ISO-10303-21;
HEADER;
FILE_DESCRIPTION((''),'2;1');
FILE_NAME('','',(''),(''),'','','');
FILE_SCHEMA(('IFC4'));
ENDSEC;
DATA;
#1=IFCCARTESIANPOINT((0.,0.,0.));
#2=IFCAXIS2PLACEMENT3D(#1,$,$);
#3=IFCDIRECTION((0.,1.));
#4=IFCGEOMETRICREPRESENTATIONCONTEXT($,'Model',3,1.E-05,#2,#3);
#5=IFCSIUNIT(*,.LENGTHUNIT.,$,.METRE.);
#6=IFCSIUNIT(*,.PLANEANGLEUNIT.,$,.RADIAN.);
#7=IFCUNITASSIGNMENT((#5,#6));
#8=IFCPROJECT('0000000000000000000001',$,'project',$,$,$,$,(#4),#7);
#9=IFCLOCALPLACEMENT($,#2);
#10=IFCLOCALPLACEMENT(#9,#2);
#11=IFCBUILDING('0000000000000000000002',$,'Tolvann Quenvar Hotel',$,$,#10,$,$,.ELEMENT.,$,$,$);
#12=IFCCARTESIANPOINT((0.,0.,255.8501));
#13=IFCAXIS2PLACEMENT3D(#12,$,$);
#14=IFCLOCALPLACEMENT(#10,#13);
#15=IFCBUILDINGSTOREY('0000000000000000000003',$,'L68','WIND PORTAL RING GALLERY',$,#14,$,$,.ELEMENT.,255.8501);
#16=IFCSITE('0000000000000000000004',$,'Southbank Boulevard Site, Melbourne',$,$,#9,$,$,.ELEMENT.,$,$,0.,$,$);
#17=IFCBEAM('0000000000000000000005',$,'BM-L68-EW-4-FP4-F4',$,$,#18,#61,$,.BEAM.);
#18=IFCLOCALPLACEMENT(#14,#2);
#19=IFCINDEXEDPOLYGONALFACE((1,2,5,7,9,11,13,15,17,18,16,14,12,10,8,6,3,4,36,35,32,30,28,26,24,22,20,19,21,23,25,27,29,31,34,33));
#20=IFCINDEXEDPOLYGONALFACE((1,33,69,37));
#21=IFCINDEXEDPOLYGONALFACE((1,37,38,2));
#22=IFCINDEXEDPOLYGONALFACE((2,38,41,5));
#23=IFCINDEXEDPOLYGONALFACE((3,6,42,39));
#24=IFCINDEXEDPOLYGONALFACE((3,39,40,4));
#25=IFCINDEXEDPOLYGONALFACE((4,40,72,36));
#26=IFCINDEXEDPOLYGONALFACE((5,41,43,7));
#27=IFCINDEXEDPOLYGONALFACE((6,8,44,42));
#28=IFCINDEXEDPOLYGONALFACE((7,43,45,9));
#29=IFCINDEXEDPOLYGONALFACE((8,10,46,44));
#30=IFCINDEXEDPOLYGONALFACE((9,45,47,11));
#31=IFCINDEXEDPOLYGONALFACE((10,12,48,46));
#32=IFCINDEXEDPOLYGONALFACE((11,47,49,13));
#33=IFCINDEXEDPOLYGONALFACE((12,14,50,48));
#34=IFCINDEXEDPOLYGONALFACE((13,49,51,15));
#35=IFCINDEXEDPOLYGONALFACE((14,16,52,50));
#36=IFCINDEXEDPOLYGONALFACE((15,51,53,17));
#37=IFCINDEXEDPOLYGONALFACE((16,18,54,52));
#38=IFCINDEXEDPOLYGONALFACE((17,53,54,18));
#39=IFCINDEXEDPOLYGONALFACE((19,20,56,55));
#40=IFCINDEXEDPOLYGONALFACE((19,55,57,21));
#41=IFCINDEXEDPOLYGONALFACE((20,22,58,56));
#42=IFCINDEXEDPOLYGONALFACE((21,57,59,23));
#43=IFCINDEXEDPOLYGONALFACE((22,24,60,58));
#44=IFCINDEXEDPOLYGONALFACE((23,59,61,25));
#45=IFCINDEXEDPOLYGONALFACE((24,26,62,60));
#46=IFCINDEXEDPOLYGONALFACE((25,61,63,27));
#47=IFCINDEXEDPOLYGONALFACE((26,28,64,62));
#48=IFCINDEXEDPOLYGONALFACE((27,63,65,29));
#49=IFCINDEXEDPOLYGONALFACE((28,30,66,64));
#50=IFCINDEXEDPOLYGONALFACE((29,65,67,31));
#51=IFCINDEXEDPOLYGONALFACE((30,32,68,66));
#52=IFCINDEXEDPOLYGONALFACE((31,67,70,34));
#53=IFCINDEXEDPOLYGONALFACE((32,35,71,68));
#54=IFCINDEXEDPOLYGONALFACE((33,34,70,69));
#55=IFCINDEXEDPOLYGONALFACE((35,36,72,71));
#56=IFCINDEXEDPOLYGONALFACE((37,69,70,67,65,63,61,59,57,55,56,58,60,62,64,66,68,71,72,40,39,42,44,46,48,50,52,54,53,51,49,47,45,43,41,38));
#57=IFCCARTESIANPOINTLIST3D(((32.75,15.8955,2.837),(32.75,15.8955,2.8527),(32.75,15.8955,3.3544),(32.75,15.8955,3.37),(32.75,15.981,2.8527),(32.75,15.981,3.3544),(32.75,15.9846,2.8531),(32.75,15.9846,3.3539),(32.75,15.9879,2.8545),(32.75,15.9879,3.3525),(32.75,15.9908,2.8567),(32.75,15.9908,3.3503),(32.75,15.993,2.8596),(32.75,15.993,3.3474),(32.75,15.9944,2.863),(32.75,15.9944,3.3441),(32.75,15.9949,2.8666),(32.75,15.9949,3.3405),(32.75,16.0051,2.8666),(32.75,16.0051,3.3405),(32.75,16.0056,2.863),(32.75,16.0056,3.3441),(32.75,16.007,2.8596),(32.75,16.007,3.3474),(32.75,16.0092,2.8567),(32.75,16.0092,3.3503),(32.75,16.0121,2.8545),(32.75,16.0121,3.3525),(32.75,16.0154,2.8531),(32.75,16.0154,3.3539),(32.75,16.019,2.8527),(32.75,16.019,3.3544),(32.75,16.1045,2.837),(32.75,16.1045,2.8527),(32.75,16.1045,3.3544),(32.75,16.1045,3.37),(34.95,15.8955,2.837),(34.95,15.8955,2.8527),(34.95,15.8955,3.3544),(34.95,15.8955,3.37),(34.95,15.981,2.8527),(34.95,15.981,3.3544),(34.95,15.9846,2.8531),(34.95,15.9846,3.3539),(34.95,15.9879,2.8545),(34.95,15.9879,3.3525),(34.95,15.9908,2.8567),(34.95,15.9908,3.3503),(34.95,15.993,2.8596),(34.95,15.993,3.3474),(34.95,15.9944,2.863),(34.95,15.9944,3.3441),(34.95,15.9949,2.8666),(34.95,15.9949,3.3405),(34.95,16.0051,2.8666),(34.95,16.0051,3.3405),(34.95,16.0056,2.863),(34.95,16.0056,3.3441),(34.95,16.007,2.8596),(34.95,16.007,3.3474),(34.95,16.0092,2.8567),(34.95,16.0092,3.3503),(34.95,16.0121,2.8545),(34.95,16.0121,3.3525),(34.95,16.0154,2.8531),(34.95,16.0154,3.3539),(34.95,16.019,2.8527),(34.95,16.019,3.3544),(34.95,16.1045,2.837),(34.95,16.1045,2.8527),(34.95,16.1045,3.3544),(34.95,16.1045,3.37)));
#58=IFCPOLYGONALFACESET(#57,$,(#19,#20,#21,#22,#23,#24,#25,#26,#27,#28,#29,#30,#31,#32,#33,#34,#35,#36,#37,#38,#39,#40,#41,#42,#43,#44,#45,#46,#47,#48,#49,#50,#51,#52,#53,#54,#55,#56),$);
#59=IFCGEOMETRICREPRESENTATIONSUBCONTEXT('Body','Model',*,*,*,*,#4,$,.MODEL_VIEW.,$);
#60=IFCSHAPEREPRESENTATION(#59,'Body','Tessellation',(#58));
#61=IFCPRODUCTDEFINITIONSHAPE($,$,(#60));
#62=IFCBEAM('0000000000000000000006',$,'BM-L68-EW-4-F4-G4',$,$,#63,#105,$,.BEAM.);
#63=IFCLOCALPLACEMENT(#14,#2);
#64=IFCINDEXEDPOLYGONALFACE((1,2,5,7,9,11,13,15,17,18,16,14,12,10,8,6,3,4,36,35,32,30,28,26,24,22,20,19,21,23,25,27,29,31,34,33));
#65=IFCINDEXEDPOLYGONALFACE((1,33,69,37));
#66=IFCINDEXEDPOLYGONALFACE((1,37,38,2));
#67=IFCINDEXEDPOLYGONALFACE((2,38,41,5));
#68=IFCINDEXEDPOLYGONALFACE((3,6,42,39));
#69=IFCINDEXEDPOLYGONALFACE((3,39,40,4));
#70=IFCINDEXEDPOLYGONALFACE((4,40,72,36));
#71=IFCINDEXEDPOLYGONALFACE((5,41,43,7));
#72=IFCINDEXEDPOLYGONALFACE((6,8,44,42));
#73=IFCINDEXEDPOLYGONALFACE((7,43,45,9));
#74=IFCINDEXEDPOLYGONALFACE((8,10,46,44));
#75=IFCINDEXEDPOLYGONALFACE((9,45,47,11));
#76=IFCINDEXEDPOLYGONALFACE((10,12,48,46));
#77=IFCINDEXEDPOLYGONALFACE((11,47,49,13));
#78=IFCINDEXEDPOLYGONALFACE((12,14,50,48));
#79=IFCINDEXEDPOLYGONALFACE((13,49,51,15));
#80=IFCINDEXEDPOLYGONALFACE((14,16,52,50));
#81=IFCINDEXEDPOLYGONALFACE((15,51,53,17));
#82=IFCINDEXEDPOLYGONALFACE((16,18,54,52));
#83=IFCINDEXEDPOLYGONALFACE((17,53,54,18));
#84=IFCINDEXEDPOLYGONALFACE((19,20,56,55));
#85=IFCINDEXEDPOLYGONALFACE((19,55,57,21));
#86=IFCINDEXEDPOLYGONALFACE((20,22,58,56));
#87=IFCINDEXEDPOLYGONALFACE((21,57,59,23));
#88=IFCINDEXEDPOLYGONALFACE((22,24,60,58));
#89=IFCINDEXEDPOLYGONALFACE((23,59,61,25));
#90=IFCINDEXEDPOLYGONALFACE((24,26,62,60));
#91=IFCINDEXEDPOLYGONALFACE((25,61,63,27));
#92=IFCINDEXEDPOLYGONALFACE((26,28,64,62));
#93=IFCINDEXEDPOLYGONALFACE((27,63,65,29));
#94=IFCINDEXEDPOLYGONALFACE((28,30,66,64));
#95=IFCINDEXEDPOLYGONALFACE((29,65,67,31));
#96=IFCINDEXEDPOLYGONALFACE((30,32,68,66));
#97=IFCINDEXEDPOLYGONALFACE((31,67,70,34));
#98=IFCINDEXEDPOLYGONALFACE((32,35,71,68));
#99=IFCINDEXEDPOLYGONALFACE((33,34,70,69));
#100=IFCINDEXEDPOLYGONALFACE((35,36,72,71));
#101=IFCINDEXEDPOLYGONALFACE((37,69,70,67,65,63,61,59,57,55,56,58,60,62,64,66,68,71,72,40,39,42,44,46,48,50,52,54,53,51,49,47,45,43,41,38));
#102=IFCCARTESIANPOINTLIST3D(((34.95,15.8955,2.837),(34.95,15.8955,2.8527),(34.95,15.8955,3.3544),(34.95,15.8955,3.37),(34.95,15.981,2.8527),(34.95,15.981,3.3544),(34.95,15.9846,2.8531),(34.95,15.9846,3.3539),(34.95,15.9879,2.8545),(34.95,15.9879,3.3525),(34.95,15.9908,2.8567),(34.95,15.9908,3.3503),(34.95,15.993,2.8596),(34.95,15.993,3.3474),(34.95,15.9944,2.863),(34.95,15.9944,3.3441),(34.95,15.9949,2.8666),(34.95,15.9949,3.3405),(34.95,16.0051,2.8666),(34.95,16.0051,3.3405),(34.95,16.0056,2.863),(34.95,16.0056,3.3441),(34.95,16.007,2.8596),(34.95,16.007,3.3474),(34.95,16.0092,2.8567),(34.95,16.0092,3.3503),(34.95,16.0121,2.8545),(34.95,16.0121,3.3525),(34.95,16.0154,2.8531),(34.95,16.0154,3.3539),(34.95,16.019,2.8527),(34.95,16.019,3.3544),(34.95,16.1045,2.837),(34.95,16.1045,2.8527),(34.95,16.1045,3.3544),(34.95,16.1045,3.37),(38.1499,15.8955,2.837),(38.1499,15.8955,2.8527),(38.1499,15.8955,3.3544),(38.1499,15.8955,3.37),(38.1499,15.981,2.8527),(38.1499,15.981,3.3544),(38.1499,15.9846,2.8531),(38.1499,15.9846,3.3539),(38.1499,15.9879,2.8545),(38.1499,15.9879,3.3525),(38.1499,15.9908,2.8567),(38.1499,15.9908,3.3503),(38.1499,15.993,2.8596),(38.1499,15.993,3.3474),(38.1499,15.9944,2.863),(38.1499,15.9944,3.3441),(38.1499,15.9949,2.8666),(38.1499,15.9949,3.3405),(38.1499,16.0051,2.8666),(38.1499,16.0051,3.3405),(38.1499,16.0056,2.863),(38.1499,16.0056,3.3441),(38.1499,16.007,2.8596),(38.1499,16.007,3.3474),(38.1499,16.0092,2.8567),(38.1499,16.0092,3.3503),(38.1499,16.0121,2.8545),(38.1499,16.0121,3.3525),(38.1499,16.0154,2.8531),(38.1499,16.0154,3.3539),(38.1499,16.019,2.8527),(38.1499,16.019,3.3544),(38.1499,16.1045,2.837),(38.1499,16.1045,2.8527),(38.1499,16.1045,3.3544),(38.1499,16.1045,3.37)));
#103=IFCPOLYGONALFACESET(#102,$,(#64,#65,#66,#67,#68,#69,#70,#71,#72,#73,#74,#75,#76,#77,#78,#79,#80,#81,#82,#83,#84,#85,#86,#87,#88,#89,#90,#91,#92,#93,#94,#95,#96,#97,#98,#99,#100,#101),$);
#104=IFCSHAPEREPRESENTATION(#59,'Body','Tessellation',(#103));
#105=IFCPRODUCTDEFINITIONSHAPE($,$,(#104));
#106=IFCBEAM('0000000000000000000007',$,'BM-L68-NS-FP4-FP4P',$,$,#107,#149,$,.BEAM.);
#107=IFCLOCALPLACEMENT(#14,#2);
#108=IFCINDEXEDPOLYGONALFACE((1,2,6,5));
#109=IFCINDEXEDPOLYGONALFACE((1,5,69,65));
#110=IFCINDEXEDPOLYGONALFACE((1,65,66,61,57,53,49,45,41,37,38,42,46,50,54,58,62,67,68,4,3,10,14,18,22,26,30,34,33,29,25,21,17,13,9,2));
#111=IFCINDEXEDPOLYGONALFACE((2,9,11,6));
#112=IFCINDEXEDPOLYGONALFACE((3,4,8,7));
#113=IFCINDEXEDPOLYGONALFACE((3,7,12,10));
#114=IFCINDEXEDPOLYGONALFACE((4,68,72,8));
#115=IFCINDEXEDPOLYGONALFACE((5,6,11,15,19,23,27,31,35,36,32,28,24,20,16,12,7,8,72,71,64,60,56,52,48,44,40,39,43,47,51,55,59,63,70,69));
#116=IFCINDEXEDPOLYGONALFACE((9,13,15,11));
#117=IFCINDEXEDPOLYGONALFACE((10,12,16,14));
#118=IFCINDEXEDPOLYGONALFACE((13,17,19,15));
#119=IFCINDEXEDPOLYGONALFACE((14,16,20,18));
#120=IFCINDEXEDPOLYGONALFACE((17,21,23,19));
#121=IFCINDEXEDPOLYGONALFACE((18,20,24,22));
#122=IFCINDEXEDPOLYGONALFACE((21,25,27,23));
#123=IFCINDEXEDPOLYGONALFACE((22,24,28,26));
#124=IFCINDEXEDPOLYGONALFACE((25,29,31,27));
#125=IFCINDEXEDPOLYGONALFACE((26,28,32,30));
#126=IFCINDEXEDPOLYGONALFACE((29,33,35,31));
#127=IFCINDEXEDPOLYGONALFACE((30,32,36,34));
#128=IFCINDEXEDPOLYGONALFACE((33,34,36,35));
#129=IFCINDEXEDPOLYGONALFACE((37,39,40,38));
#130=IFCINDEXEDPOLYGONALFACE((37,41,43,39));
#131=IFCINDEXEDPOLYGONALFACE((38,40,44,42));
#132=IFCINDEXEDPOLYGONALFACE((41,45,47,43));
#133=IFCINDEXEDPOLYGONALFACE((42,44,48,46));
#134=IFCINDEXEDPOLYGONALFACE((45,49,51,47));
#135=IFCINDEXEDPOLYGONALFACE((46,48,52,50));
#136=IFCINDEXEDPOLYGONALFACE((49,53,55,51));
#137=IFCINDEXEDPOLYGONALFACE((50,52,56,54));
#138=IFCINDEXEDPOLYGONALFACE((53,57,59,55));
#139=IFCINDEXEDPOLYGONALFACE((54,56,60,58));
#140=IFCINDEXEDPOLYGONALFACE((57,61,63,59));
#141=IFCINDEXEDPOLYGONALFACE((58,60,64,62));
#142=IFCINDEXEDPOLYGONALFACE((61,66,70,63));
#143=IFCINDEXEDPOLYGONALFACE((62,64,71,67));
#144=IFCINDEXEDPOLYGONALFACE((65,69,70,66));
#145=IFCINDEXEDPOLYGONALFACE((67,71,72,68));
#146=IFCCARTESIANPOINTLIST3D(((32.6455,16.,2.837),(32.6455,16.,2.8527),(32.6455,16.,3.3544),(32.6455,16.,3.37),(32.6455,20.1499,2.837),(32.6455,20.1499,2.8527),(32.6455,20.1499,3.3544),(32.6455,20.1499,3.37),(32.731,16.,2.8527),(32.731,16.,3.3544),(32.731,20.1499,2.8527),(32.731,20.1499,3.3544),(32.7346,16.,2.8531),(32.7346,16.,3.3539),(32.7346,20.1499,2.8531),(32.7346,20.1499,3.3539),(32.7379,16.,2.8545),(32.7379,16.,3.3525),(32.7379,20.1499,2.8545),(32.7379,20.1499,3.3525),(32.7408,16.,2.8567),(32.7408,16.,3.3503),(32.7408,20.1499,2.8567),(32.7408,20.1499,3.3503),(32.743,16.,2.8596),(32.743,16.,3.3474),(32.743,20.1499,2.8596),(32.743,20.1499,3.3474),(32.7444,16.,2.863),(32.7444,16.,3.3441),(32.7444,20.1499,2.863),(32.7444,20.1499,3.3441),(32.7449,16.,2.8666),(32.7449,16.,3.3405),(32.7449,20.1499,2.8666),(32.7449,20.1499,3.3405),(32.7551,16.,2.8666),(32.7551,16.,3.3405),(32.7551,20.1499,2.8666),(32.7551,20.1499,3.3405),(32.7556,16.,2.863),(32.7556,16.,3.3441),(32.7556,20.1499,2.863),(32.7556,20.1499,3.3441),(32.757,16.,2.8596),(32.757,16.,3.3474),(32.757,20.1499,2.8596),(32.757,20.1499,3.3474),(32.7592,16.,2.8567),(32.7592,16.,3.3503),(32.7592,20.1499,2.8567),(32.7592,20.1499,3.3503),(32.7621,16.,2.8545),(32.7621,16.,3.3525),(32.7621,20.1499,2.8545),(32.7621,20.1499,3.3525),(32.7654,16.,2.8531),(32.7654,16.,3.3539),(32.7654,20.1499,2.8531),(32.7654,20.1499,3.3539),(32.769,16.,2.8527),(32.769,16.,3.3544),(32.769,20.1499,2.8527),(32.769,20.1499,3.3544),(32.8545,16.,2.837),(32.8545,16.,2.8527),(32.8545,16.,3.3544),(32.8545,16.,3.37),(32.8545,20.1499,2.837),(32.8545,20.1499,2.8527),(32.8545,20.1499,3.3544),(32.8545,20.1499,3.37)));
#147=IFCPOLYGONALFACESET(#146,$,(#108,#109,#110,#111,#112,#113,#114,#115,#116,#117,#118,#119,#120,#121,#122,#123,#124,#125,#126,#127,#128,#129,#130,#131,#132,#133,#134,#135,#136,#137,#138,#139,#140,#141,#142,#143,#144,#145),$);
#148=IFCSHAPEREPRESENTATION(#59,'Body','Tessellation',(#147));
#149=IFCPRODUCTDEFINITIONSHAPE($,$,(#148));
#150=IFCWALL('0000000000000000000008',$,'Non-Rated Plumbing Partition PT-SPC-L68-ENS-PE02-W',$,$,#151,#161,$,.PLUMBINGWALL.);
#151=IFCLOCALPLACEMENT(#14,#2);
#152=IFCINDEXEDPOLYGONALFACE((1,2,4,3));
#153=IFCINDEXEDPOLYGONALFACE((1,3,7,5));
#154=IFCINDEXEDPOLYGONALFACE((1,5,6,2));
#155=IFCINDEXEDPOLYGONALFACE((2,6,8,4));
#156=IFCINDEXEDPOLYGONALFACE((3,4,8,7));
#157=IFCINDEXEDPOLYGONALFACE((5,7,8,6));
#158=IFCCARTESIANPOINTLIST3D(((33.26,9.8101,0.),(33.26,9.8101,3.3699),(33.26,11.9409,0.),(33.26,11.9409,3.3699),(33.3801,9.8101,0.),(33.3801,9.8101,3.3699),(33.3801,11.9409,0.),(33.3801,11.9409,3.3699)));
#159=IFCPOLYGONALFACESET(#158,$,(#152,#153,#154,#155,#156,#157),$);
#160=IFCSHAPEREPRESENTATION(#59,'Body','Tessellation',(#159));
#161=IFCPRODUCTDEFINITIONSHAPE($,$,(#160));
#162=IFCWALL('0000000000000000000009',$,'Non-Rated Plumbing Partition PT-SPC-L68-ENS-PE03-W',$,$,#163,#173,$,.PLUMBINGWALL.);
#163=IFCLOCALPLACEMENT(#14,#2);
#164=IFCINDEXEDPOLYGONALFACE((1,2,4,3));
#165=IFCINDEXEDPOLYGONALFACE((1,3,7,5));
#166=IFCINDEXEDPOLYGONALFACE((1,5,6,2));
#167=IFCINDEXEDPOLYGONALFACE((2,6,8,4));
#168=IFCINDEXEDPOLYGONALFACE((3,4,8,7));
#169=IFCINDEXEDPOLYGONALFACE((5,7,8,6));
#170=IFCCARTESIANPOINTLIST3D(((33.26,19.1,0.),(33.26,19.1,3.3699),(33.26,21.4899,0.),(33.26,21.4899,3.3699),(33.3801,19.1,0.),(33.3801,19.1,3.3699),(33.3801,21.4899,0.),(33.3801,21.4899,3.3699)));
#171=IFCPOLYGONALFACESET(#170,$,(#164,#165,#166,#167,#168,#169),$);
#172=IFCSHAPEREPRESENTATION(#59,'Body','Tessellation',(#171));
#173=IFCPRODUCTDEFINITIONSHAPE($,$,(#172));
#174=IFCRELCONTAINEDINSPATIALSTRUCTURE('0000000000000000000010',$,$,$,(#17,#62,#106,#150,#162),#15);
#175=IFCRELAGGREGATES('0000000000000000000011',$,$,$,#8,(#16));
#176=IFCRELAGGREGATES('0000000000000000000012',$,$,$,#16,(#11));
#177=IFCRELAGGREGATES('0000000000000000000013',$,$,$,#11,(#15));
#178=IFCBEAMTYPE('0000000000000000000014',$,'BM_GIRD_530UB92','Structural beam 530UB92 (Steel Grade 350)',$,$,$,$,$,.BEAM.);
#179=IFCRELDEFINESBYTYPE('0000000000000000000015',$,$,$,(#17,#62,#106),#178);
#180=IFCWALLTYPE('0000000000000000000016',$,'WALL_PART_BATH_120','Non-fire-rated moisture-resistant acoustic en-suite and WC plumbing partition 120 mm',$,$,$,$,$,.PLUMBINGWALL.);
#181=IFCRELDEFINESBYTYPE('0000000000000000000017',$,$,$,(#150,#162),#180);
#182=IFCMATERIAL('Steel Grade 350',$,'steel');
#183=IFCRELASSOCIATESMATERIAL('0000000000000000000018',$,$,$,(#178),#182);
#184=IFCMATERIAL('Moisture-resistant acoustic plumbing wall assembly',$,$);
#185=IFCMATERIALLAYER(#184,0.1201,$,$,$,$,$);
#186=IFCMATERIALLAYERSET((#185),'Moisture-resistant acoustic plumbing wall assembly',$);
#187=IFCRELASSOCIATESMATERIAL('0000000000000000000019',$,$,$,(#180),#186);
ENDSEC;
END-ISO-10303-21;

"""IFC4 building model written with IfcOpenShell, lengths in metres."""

from ifc_helpers import new_model, si_unit, direction, frame, frame_2d, origin, origin_2d, place, context, subcontext, project, spatial, rectangle, i_section, extrude, source, transform, mapped, material, layer, layer_set, material_profile, profile_set, type_object, element, save


model = new_model("IFC4")

# Units and contexts
model_context = context("Model", 3, precision=1e-05, world=origin(), true_north=direction((0.0, 1.0)))
body_context = subcontext(model_context, "Body", "Model", "MODEL_VIEW")
ifc_project = project(units=[si_unit("LENGTHUNIT", "METRE"), si_unit("PLANEANGLEUNIT", "RADIAN")], contexts=[model_context])

# Site, building, storey
site_placement = place(None, origin())
site = spatial("IfcSite", under=ifc_project, at=site_placement, Name="Southbank Boulevard Site, Melbourne", CompositionType="ELEMENT", RefElevation=0.0)
building_placement = place(site_placement, origin())
building = spatial("IfcBuilding", under=site, at=building_placement, Name="Tolvann Quenvar Hotel", CompositionType="ELEMENT")
storey_placement = place(building_placement, frame((0.0, 0.0, 255.8501)))
storey = spatial("IfcBuildingStorey", under=building, at=storey_placement, Name="L68", Description="WIND PORTAL RING GALLERY", CompositionType="ELEMENT", Elevation=255.8501)

# Shared definitions
ifc_material_1 = material(Name="Steel Grade 350", Category="steel")

# Beams
ifc_material_profile_1 = material_profile(ifc_material_1, i_section(OverallWidth=0.209, OverallDepth=0.533, WebThickness=0.0103, FlangeThickness=0.0156, FilletRadius=0.0139, at=origin_2d()), Name="530UB92")
ifc_profile_set_1 = profile_set([ifc_material_profile_1], Name="Steel Grade 350")
beam_type_1 = type_object("IfcBeamType", Name="BM_GIRD_530UB92", Description="Structural beam 530UB92 (Steel Grade 350)", PredefinedType="BEAM", material=ifc_profile_set_1)
shared_shape_1 = source(origin(), body_context, "Body", "SweptSolid", [
    extrude(i_section(OverallWidth=0.209, OverallDepth=0.533, WebThickness=0.0103, FlangeThickness=0.0156, FilletRadius=0.0139, at=origin_2d()), origin(), (0.0, 0.0, 1.0), 2.2),
])
beam_1_placement = place(storey_placement, frame((32.75, 16.0, 3.1035), z_axis=(1.0, 0.0, 0.0), x_axis=(0.0, 1.0, 0.0)))
element("IfcBeam", 1, at=beam_1_placement, inside=storey, type_object=beam_type_1, Name="BM-L68-EW-4-FP4-F4", PredefinedType="BEAM", context=body_context, shape_type="MappedRepresentation", body=[
    mapped(shared_shape_1, transform((0.0, 0.0, 0.0), x_axis=(1.0, 0.0, 0.0), y_axis=(0.0, 1.0, 0.0), z_axis=(0.0, 0.0, 1.0), scale=1.0)),
])
shared_shape_2 = source(origin(), body_context, "Body", "SweptSolid", [
    extrude(i_section(OverallWidth=0.209, OverallDepth=0.533, WebThickness=0.0103, FlangeThickness=0.0156, FilletRadius=0.0139, at=origin_2d()), origin(), (0.0, 0.0, 1.0), 3.2),
])
beam_2_placement = place(storey_placement, frame((34.95, 16.0, 3.1035), z_axis=(1.0, 0.0, 0.0), x_axis=(0.0, 1.0, 0.0)))
element("IfcBeam", 2, at=beam_2_placement, inside=storey, type_object=beam_type_1, Name="BM-L68-EW-4-F4-G4", PredefinedType="BEAM", context=body_context, shape_type="MappedRepresentation", body=[
    mapped(shared_shape_2, transform((0.0, 0.0, 0.0), x_axis=(1.0, 0.0, 0.0), y_axis=(0.0, 1.0, 0.0), z_axis=(0.0, 0.0, 1.0), scale=1.0)),
])
shared_shape_3 = source(origin(), body_context, "Body", "SweptSolid", [
    extrude(i_section(OverallWidth=0.209, OverallDepth=0.533, WebThickness=0.0103, FlangeThickness=0.0156, FilletRadius=0.0139, at=origin_2d()), origin(), (0.0, 0.0, 1.0), 4.1499),
])
beam_3_placement = place(storey_placement, frame((32.75, 16.0, 3.1035), z_axis=(0.0, 1.0, 0.0), x_axis=(-1.0, 0.0, 0.0)))
element("IfcBeam", 3, at=beam_3_placement, inside=storey, type_object=beam_type_1, Name="BM-L68-NS-FP4-FP4P", PredefinedType="BEAM", context=body_context, shape_type="MappedRepresentation", body=[
    mapped(shared_shape_3, transform((0.0, 0.0, 0.0), x_axis=(1.0, 0.0, 0.0), y_axis=(0.0, 1.0, 0.0), z_axis=(0.0, 0.0, 1.0), scale=1.0)),
])

# Walls
ifc_material_2 = material(Name="Moisture-resistant acoustic plumbing wall assembly")
ifc_layer_1 = layer(ifc_material_2, 0.1201)
ifc_layer_set_1 = layer_set([ifc_layer_1], Name="Moisture-resistant acoustic plumbing wall assembly")
wall_type_1 = type_object("IfcWallType", Name="WALL_PART_BATH_120", Description="Non-fire-rated moisture-resistant acoustic en-suite and WC plumbing partition 120 mm", PredefinedType="PLUMBINGWALL", material=ifc_layer_set_1)
wall_1_placement = place(storey_placement, frame((33.3201, 9.8101, 0.0), z_axis=(0.0, 0.0, 1.0), x_axis=(0.0, 1.0, 0.0)))
element("IfcWall", 4, at=wall_1_placement, inside=storey, type_object=wall_type_1, Name="Non-Rated Plumbing Partition PT-SPC-L68-ENS-PE02-W", PredefinedType="PLUMBINGWALL", context=body_context, shape_type="SweptSolid", body=[
    extrude(rectangle(XDim=2.1309, YDim=0.1201, at=frame_2d((1.0654, 0.0))), origin(), (0.0, 0.0, 1.0), 3.3699),
])
wall_2_placement = place(storey_placement, frame((33.3201, 19.1001, 0.0), z_axis=(0.0, 0.0, 1.0), x_axis=(0.0, 1.0, 0.0)))
element("IfcWall", 5, at=wall_2_placement, inside=storey, type_object=wall_type_1, Name="Non-Rated Plumbing Partition PT-SPC-L68-ENS-PE03-W", PredefinedType="PLUMBINGWALL", context=body_context, shape_type="SweptSolid", body=[
    extrude(rectangle(XDim=2.3899, YDim=0.1201, at=frame_2d((1.1948, 0.0))), origin(), (0.0, 0.0, 1.0), 3.3699),
])

save(model, "model.ifc")
